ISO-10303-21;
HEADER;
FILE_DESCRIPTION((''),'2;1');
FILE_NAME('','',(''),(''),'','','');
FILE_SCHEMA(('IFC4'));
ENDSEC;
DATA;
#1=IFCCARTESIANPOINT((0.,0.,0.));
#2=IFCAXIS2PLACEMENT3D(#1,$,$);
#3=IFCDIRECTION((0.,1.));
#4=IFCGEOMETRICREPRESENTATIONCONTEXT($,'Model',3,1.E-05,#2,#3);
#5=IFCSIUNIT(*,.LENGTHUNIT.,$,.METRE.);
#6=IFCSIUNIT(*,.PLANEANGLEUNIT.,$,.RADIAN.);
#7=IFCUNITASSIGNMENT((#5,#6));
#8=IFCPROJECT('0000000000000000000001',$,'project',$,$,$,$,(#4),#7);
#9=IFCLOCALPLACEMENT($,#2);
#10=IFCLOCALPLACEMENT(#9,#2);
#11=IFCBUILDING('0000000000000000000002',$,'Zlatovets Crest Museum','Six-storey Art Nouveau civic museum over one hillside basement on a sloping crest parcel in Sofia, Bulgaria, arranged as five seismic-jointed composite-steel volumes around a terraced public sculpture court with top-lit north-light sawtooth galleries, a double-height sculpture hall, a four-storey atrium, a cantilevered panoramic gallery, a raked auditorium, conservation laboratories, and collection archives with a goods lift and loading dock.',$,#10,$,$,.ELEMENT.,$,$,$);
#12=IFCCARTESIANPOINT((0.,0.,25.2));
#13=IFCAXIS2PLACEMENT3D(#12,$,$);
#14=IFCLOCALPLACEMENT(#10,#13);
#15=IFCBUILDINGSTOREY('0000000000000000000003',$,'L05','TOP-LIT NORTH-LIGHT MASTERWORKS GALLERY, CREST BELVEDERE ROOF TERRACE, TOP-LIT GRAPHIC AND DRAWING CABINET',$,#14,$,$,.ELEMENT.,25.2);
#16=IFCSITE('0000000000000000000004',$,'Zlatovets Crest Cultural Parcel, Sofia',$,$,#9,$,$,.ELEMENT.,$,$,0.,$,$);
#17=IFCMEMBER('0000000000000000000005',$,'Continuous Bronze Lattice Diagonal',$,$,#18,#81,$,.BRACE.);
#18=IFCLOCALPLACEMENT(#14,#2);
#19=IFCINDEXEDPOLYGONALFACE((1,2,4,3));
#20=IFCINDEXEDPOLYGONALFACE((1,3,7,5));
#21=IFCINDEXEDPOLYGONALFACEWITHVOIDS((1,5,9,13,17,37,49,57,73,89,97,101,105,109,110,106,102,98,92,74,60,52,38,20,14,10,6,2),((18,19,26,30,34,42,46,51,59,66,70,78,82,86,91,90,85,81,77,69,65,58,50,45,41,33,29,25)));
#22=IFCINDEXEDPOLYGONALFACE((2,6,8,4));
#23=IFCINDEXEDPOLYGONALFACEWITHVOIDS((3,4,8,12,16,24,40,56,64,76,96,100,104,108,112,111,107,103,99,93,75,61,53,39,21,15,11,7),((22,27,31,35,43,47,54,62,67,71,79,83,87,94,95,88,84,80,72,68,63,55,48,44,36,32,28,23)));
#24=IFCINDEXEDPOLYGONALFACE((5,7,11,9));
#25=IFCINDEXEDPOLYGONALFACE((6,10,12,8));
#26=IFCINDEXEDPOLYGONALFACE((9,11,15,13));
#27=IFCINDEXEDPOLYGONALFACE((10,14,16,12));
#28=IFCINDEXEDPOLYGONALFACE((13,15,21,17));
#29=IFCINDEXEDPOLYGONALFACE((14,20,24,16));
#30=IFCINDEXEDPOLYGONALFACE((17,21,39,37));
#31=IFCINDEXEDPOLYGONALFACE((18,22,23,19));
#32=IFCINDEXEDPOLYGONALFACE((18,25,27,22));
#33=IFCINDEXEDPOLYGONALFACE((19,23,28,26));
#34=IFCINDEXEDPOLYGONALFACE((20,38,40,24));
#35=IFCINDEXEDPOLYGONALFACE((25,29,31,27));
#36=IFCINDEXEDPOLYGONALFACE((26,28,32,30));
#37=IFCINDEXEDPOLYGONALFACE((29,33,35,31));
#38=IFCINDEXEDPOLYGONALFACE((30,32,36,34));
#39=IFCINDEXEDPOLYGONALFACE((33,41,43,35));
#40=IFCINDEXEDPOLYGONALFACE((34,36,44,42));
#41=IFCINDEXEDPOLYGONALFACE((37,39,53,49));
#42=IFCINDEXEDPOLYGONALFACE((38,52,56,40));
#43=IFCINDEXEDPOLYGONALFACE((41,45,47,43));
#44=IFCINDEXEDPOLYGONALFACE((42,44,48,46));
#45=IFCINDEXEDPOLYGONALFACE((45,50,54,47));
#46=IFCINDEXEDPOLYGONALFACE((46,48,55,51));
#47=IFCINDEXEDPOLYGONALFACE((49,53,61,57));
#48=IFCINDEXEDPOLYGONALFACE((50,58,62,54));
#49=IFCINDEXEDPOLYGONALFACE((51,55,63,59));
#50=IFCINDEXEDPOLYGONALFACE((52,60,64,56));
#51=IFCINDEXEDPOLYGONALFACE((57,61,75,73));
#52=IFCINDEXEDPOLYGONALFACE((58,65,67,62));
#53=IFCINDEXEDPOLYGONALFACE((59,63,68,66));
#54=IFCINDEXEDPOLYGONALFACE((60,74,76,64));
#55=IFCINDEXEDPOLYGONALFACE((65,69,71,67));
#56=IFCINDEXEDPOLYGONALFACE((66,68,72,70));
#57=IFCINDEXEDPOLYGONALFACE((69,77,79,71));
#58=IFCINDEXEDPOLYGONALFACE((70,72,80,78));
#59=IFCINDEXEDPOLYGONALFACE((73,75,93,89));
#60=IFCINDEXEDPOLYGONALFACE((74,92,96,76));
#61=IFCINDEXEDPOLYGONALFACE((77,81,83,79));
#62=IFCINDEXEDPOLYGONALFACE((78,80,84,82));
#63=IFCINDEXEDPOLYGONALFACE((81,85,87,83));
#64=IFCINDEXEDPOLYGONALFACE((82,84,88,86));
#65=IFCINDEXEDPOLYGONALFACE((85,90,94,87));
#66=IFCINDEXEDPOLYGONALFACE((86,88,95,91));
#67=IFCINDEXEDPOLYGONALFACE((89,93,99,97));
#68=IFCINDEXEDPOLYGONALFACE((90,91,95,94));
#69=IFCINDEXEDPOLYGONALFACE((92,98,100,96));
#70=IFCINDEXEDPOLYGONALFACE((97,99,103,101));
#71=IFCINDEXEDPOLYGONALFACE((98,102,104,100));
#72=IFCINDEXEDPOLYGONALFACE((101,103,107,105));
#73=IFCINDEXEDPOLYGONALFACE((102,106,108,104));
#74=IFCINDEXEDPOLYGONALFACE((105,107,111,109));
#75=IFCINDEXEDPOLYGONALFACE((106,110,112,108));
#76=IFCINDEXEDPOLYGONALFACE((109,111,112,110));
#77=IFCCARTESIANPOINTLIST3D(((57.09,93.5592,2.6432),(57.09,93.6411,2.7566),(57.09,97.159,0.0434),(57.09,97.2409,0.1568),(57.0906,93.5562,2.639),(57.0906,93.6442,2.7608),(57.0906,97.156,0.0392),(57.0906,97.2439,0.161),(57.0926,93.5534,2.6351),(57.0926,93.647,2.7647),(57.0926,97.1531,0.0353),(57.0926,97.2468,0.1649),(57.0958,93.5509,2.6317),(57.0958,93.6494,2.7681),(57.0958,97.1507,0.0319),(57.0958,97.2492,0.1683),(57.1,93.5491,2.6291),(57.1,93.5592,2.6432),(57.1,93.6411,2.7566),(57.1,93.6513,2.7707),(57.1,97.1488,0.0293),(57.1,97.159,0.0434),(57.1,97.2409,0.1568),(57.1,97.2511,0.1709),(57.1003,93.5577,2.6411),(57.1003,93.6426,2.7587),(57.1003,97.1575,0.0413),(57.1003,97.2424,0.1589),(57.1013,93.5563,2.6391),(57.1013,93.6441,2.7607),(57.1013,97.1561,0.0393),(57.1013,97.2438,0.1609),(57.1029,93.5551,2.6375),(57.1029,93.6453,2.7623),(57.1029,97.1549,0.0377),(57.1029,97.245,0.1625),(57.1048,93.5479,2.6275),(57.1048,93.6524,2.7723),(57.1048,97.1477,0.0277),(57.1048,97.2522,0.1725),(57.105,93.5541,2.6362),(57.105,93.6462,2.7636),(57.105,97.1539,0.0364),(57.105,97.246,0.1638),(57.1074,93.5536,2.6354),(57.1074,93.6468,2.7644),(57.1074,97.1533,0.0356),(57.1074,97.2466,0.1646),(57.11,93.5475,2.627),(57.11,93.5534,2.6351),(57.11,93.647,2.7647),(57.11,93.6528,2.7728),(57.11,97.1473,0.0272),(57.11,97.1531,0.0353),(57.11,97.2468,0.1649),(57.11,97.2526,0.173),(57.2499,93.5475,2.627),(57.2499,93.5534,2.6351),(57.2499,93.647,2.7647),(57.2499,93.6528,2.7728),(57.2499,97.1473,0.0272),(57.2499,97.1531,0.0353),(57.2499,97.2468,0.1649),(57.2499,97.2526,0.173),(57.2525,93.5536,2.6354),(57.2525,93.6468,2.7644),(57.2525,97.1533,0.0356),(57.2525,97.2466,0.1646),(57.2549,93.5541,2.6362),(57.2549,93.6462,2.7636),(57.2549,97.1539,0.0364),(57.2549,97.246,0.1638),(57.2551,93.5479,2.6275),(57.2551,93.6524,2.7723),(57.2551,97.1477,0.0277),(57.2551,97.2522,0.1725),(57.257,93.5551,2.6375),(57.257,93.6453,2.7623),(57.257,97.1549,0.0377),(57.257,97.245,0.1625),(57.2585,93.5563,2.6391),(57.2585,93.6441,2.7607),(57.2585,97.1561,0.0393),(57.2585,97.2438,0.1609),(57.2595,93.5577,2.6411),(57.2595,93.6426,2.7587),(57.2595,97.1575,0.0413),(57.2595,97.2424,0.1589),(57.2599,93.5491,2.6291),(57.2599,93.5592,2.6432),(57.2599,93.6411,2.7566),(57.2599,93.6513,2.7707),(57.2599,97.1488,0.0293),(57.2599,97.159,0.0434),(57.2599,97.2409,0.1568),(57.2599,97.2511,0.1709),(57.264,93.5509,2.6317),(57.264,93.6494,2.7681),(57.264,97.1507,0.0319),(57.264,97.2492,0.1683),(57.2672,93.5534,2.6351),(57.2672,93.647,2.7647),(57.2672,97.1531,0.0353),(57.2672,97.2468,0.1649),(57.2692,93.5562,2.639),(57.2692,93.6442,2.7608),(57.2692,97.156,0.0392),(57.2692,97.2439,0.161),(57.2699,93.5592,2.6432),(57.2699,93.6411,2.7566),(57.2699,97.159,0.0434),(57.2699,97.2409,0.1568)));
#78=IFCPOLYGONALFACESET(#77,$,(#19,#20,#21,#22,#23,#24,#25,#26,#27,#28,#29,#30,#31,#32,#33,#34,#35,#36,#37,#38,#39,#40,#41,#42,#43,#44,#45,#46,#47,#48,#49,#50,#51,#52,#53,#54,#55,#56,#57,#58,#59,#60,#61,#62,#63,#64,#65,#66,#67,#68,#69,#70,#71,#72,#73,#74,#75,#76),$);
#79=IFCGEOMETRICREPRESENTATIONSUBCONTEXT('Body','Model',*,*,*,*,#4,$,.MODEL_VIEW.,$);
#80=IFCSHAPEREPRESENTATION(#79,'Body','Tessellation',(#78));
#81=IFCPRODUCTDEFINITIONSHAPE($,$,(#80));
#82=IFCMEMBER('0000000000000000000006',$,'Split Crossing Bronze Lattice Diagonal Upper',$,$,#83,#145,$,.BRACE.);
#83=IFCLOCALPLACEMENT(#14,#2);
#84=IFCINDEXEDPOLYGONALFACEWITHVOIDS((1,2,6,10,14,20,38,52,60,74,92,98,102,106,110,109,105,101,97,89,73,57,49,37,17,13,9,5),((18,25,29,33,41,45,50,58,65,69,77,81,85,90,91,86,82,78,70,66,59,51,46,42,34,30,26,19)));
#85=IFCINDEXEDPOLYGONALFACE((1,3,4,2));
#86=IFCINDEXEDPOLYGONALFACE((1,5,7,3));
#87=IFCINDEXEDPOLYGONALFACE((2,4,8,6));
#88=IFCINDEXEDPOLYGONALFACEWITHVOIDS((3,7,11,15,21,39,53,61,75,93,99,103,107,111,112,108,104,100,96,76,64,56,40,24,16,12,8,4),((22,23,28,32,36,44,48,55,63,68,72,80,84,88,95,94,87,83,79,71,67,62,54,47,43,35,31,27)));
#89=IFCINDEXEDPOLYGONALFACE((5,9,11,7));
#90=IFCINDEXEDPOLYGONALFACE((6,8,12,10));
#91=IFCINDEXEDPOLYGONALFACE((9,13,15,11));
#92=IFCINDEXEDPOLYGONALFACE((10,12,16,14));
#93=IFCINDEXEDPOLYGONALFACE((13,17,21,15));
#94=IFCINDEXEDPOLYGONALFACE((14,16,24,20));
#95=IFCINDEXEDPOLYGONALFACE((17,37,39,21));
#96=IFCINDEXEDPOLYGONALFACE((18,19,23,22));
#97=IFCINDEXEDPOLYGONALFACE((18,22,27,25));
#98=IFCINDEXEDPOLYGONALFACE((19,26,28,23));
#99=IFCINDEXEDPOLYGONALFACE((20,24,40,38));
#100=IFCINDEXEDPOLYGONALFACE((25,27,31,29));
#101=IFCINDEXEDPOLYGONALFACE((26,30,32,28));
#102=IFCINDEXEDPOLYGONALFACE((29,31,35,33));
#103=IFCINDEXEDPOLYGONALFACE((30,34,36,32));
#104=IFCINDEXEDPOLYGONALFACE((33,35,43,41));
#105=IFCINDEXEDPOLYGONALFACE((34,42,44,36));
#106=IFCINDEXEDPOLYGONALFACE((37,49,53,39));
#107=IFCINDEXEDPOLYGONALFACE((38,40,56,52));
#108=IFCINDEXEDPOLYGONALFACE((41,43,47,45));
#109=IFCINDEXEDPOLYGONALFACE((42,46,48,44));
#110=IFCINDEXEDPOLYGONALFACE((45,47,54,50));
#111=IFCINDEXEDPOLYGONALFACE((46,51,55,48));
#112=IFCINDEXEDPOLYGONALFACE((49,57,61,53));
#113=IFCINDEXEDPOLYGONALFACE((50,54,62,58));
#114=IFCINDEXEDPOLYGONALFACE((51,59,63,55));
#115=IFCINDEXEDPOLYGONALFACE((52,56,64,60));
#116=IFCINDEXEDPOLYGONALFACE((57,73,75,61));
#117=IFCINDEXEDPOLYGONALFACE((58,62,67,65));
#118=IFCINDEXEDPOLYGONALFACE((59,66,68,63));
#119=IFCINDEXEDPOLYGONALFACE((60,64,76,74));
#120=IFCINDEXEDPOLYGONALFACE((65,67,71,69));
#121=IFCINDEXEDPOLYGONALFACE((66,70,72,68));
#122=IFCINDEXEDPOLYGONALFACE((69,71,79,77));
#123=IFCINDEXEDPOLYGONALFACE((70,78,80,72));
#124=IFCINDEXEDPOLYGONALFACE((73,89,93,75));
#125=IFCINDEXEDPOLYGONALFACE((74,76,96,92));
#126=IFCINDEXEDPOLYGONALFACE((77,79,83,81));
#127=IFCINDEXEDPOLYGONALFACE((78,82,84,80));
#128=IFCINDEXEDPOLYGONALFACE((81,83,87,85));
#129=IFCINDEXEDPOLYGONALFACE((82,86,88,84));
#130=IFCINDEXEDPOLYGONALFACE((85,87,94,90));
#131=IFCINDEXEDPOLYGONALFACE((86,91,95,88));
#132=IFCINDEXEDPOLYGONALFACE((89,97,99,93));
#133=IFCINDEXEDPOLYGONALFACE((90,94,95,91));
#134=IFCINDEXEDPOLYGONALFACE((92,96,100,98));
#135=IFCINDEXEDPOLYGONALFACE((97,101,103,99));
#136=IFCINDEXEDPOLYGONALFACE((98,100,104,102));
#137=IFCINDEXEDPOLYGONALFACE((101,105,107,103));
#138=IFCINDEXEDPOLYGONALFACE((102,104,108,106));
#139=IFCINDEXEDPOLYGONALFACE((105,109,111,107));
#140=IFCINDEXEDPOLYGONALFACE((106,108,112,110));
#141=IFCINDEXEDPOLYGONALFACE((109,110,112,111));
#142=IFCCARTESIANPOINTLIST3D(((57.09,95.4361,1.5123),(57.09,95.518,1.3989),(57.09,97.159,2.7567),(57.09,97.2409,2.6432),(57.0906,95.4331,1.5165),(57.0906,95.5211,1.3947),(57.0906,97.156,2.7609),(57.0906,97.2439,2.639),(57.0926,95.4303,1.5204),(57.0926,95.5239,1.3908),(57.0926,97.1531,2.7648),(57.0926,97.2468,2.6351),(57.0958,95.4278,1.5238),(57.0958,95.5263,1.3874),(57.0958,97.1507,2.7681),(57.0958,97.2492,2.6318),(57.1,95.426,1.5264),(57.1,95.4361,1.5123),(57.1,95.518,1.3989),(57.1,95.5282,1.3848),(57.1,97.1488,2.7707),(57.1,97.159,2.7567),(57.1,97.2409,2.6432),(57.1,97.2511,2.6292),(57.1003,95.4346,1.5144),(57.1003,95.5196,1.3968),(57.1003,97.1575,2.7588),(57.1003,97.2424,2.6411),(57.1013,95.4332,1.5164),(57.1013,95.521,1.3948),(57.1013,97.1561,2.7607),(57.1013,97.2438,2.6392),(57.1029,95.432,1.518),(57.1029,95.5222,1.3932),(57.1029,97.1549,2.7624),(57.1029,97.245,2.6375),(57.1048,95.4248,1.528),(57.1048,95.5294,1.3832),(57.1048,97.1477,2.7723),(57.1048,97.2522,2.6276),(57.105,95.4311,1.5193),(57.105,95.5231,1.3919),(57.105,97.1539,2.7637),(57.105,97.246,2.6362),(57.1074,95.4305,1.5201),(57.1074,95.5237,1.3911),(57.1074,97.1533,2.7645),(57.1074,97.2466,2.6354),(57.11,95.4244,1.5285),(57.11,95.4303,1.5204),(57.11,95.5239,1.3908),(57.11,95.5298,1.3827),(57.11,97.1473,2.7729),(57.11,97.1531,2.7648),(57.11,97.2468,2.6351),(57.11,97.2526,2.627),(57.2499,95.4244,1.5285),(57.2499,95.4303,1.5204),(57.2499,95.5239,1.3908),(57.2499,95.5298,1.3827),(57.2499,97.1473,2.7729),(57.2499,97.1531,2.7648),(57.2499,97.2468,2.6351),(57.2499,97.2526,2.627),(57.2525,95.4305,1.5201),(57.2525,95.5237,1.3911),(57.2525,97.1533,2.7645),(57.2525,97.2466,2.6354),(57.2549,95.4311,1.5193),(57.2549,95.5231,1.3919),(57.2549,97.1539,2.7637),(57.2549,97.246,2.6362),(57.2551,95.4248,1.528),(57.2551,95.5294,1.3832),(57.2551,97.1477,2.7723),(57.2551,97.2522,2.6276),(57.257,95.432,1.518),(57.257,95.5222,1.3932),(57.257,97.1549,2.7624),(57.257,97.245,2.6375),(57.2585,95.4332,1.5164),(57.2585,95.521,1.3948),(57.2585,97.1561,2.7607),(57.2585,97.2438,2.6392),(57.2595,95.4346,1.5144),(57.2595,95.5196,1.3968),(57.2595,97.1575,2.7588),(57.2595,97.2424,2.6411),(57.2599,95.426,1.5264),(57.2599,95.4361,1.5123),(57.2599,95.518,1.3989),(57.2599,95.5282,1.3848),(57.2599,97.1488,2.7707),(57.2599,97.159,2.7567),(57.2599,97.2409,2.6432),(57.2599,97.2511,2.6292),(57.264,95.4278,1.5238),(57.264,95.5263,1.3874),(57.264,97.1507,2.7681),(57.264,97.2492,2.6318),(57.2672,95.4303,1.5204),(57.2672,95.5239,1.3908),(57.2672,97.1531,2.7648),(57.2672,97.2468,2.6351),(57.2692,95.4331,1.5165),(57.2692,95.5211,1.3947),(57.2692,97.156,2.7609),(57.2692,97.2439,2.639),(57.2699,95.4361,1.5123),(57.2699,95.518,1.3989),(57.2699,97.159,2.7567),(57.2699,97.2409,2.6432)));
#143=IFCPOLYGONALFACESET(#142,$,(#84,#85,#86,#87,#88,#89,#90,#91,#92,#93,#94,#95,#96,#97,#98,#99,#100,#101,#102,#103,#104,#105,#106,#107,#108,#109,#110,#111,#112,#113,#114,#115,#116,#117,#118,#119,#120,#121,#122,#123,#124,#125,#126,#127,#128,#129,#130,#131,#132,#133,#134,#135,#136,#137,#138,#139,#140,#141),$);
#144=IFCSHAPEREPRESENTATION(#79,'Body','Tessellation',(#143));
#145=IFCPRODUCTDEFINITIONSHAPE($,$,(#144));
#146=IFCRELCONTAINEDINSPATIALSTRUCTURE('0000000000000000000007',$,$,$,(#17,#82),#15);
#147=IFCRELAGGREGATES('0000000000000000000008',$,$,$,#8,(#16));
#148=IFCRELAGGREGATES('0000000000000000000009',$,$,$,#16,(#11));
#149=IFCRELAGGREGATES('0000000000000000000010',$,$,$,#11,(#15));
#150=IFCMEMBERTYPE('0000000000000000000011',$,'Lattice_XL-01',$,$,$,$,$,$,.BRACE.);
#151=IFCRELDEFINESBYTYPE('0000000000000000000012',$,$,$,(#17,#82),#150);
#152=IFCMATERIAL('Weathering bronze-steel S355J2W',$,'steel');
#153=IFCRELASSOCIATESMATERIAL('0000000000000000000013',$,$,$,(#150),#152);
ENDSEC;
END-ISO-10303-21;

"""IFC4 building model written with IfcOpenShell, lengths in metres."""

from ifc_helpers import new_model, si_unit, direction, frame, origin, origin_2d, place, context, subcontext, project, spatial, hollow_rectangle, extrude, material, material_profile, profile_set, type_object, element, save


model = new_model("IFC4")

# Units and contexts
model_context = context("Model", 3, precision=1e-05, world=origin(), true_north=direction((0.0, 1.0)))
body_context = subcontext(model_context, "Body", "Model", "MODEL_VIEW")
ifc_project = project(units=[si_unit("LENGTHUNIT", "METRE"), si_unit("PLANEANGLEUNIT", "RADIAN")], contexts=[model_context])

# Site, building, storey
site_placement = place(None, origin())
site = spatial("IfcSite", under=ifc_project, at=site_placement, Name="Zlatovets Crest Cultural Parcel, Sofia", CompositionType="ELEMENT", RefElevation=0.0)
building_placement = place(site_placement, origin())
building = spatial("IfcBuilding", under=site, at=building_placement, Name="Zlatovets Crest Museum", Description="Six-storey Art Nouveau civic museum over one hillside basement on a sloping crest parcel in Sofia, Bulgaria, arranged as five seismic-jointed composite-steel volumes around a terraced public sculpture court with top-lit north-light sawtooth galleries, a double-height sculpture hall, a four-storey atrium, a cantilevered panoramic gallery, a raked auditorium, conservation laboratories, and collection archives with a goods lift and loading dock.", CompositionType="ELEMENT")
storey_placement = place(building_placement, frame((0.0, 0.0, 25.2)))
storey = spatial("IfcBuildingStorey", under=building, at=storey_placement, Name="L05", Description="TOP-LIT NORTH-LIGHT MASTERWORKS GALLERY, CREST BELVEDERE ROOF TERRACE, TOP-LIT GRAPHIC AND DRAWING CABINET", CompositionType="ELEMENT", Elevation=25.2)

# Members
ifc_material_1 = material(Name="Weathering bronze-steel S355J2W", Category="steel")
ifc_material_profile_1 = material_profile(ifc_material_1, hollow_rectangle(XDim=0.1799, YDim=0.1799, WallThickness=0.01, InnerFilletRadius=0.01, OuterFilletRadius=0.02, at=origin_2d()), Name="SHS 180x180x10.0")
ifc_profile_set_1 = profile_set([ifc_material_profile_1], Name="Weathering bronze-steel S355J2W")
member_type_1 = type_object("IfcMemberType", Name="Lattice_XL-01", PredefinedType="BRACE", material=ifc_profile_set_1)
member_1_placement = place(storey_placement, frame((57.1799, 97.2, 0.1001), z_axis=(0.0, -0.810684, 0.585485), x_axis=(1.0, 0.0, 0.0)))
element("IfcMember", 1, at=member_1_placement, inside=storey, type_object=member_type_1, Name="Continuous Bronze Lattice Diagonal", PredefinedType="BRACE", context=body_context, shape_type="SweptSolid", body=[
    extrude(hollow_rectangle(XDim=0.1799, YDim=0.1799, WallThickness=0.01, InnerFilletRadius=0.01, OuterFilletRadius=0.02, at=origin_2d()), origin(), (0.0, 0.0, 1.0), 4.4404),
])
for number, where, z_axis, x_axis, name in (
    (2, (57.1799, 97.2, 2.7), (0.0, -0.810664, -0.585512), (1.0, 0.0, 0.0), "Split Crossing Bronze Lattice Diagonal Upper"),
):
    element("IfcMember", number, at=place(storey_placement, frame(where, z_axis=z_axis, x_axis=x_axis)), inside=storey, type_object=member_type_1, Name=name, PredefinedType="BRACE", context=body_context, shape_type="SweptSolid", body=[
        extrude(hollow_rectangle(XDim=0.1799, YDim=0.1799, WallThickness=0.01, InnerFilletRadius=0.01, OuterFilletRadius=0.02, at=origin_2d()), origin(), (0.0, 0.0, 1.0), 2.1252),
    ])

save(model, "model.ifc")
